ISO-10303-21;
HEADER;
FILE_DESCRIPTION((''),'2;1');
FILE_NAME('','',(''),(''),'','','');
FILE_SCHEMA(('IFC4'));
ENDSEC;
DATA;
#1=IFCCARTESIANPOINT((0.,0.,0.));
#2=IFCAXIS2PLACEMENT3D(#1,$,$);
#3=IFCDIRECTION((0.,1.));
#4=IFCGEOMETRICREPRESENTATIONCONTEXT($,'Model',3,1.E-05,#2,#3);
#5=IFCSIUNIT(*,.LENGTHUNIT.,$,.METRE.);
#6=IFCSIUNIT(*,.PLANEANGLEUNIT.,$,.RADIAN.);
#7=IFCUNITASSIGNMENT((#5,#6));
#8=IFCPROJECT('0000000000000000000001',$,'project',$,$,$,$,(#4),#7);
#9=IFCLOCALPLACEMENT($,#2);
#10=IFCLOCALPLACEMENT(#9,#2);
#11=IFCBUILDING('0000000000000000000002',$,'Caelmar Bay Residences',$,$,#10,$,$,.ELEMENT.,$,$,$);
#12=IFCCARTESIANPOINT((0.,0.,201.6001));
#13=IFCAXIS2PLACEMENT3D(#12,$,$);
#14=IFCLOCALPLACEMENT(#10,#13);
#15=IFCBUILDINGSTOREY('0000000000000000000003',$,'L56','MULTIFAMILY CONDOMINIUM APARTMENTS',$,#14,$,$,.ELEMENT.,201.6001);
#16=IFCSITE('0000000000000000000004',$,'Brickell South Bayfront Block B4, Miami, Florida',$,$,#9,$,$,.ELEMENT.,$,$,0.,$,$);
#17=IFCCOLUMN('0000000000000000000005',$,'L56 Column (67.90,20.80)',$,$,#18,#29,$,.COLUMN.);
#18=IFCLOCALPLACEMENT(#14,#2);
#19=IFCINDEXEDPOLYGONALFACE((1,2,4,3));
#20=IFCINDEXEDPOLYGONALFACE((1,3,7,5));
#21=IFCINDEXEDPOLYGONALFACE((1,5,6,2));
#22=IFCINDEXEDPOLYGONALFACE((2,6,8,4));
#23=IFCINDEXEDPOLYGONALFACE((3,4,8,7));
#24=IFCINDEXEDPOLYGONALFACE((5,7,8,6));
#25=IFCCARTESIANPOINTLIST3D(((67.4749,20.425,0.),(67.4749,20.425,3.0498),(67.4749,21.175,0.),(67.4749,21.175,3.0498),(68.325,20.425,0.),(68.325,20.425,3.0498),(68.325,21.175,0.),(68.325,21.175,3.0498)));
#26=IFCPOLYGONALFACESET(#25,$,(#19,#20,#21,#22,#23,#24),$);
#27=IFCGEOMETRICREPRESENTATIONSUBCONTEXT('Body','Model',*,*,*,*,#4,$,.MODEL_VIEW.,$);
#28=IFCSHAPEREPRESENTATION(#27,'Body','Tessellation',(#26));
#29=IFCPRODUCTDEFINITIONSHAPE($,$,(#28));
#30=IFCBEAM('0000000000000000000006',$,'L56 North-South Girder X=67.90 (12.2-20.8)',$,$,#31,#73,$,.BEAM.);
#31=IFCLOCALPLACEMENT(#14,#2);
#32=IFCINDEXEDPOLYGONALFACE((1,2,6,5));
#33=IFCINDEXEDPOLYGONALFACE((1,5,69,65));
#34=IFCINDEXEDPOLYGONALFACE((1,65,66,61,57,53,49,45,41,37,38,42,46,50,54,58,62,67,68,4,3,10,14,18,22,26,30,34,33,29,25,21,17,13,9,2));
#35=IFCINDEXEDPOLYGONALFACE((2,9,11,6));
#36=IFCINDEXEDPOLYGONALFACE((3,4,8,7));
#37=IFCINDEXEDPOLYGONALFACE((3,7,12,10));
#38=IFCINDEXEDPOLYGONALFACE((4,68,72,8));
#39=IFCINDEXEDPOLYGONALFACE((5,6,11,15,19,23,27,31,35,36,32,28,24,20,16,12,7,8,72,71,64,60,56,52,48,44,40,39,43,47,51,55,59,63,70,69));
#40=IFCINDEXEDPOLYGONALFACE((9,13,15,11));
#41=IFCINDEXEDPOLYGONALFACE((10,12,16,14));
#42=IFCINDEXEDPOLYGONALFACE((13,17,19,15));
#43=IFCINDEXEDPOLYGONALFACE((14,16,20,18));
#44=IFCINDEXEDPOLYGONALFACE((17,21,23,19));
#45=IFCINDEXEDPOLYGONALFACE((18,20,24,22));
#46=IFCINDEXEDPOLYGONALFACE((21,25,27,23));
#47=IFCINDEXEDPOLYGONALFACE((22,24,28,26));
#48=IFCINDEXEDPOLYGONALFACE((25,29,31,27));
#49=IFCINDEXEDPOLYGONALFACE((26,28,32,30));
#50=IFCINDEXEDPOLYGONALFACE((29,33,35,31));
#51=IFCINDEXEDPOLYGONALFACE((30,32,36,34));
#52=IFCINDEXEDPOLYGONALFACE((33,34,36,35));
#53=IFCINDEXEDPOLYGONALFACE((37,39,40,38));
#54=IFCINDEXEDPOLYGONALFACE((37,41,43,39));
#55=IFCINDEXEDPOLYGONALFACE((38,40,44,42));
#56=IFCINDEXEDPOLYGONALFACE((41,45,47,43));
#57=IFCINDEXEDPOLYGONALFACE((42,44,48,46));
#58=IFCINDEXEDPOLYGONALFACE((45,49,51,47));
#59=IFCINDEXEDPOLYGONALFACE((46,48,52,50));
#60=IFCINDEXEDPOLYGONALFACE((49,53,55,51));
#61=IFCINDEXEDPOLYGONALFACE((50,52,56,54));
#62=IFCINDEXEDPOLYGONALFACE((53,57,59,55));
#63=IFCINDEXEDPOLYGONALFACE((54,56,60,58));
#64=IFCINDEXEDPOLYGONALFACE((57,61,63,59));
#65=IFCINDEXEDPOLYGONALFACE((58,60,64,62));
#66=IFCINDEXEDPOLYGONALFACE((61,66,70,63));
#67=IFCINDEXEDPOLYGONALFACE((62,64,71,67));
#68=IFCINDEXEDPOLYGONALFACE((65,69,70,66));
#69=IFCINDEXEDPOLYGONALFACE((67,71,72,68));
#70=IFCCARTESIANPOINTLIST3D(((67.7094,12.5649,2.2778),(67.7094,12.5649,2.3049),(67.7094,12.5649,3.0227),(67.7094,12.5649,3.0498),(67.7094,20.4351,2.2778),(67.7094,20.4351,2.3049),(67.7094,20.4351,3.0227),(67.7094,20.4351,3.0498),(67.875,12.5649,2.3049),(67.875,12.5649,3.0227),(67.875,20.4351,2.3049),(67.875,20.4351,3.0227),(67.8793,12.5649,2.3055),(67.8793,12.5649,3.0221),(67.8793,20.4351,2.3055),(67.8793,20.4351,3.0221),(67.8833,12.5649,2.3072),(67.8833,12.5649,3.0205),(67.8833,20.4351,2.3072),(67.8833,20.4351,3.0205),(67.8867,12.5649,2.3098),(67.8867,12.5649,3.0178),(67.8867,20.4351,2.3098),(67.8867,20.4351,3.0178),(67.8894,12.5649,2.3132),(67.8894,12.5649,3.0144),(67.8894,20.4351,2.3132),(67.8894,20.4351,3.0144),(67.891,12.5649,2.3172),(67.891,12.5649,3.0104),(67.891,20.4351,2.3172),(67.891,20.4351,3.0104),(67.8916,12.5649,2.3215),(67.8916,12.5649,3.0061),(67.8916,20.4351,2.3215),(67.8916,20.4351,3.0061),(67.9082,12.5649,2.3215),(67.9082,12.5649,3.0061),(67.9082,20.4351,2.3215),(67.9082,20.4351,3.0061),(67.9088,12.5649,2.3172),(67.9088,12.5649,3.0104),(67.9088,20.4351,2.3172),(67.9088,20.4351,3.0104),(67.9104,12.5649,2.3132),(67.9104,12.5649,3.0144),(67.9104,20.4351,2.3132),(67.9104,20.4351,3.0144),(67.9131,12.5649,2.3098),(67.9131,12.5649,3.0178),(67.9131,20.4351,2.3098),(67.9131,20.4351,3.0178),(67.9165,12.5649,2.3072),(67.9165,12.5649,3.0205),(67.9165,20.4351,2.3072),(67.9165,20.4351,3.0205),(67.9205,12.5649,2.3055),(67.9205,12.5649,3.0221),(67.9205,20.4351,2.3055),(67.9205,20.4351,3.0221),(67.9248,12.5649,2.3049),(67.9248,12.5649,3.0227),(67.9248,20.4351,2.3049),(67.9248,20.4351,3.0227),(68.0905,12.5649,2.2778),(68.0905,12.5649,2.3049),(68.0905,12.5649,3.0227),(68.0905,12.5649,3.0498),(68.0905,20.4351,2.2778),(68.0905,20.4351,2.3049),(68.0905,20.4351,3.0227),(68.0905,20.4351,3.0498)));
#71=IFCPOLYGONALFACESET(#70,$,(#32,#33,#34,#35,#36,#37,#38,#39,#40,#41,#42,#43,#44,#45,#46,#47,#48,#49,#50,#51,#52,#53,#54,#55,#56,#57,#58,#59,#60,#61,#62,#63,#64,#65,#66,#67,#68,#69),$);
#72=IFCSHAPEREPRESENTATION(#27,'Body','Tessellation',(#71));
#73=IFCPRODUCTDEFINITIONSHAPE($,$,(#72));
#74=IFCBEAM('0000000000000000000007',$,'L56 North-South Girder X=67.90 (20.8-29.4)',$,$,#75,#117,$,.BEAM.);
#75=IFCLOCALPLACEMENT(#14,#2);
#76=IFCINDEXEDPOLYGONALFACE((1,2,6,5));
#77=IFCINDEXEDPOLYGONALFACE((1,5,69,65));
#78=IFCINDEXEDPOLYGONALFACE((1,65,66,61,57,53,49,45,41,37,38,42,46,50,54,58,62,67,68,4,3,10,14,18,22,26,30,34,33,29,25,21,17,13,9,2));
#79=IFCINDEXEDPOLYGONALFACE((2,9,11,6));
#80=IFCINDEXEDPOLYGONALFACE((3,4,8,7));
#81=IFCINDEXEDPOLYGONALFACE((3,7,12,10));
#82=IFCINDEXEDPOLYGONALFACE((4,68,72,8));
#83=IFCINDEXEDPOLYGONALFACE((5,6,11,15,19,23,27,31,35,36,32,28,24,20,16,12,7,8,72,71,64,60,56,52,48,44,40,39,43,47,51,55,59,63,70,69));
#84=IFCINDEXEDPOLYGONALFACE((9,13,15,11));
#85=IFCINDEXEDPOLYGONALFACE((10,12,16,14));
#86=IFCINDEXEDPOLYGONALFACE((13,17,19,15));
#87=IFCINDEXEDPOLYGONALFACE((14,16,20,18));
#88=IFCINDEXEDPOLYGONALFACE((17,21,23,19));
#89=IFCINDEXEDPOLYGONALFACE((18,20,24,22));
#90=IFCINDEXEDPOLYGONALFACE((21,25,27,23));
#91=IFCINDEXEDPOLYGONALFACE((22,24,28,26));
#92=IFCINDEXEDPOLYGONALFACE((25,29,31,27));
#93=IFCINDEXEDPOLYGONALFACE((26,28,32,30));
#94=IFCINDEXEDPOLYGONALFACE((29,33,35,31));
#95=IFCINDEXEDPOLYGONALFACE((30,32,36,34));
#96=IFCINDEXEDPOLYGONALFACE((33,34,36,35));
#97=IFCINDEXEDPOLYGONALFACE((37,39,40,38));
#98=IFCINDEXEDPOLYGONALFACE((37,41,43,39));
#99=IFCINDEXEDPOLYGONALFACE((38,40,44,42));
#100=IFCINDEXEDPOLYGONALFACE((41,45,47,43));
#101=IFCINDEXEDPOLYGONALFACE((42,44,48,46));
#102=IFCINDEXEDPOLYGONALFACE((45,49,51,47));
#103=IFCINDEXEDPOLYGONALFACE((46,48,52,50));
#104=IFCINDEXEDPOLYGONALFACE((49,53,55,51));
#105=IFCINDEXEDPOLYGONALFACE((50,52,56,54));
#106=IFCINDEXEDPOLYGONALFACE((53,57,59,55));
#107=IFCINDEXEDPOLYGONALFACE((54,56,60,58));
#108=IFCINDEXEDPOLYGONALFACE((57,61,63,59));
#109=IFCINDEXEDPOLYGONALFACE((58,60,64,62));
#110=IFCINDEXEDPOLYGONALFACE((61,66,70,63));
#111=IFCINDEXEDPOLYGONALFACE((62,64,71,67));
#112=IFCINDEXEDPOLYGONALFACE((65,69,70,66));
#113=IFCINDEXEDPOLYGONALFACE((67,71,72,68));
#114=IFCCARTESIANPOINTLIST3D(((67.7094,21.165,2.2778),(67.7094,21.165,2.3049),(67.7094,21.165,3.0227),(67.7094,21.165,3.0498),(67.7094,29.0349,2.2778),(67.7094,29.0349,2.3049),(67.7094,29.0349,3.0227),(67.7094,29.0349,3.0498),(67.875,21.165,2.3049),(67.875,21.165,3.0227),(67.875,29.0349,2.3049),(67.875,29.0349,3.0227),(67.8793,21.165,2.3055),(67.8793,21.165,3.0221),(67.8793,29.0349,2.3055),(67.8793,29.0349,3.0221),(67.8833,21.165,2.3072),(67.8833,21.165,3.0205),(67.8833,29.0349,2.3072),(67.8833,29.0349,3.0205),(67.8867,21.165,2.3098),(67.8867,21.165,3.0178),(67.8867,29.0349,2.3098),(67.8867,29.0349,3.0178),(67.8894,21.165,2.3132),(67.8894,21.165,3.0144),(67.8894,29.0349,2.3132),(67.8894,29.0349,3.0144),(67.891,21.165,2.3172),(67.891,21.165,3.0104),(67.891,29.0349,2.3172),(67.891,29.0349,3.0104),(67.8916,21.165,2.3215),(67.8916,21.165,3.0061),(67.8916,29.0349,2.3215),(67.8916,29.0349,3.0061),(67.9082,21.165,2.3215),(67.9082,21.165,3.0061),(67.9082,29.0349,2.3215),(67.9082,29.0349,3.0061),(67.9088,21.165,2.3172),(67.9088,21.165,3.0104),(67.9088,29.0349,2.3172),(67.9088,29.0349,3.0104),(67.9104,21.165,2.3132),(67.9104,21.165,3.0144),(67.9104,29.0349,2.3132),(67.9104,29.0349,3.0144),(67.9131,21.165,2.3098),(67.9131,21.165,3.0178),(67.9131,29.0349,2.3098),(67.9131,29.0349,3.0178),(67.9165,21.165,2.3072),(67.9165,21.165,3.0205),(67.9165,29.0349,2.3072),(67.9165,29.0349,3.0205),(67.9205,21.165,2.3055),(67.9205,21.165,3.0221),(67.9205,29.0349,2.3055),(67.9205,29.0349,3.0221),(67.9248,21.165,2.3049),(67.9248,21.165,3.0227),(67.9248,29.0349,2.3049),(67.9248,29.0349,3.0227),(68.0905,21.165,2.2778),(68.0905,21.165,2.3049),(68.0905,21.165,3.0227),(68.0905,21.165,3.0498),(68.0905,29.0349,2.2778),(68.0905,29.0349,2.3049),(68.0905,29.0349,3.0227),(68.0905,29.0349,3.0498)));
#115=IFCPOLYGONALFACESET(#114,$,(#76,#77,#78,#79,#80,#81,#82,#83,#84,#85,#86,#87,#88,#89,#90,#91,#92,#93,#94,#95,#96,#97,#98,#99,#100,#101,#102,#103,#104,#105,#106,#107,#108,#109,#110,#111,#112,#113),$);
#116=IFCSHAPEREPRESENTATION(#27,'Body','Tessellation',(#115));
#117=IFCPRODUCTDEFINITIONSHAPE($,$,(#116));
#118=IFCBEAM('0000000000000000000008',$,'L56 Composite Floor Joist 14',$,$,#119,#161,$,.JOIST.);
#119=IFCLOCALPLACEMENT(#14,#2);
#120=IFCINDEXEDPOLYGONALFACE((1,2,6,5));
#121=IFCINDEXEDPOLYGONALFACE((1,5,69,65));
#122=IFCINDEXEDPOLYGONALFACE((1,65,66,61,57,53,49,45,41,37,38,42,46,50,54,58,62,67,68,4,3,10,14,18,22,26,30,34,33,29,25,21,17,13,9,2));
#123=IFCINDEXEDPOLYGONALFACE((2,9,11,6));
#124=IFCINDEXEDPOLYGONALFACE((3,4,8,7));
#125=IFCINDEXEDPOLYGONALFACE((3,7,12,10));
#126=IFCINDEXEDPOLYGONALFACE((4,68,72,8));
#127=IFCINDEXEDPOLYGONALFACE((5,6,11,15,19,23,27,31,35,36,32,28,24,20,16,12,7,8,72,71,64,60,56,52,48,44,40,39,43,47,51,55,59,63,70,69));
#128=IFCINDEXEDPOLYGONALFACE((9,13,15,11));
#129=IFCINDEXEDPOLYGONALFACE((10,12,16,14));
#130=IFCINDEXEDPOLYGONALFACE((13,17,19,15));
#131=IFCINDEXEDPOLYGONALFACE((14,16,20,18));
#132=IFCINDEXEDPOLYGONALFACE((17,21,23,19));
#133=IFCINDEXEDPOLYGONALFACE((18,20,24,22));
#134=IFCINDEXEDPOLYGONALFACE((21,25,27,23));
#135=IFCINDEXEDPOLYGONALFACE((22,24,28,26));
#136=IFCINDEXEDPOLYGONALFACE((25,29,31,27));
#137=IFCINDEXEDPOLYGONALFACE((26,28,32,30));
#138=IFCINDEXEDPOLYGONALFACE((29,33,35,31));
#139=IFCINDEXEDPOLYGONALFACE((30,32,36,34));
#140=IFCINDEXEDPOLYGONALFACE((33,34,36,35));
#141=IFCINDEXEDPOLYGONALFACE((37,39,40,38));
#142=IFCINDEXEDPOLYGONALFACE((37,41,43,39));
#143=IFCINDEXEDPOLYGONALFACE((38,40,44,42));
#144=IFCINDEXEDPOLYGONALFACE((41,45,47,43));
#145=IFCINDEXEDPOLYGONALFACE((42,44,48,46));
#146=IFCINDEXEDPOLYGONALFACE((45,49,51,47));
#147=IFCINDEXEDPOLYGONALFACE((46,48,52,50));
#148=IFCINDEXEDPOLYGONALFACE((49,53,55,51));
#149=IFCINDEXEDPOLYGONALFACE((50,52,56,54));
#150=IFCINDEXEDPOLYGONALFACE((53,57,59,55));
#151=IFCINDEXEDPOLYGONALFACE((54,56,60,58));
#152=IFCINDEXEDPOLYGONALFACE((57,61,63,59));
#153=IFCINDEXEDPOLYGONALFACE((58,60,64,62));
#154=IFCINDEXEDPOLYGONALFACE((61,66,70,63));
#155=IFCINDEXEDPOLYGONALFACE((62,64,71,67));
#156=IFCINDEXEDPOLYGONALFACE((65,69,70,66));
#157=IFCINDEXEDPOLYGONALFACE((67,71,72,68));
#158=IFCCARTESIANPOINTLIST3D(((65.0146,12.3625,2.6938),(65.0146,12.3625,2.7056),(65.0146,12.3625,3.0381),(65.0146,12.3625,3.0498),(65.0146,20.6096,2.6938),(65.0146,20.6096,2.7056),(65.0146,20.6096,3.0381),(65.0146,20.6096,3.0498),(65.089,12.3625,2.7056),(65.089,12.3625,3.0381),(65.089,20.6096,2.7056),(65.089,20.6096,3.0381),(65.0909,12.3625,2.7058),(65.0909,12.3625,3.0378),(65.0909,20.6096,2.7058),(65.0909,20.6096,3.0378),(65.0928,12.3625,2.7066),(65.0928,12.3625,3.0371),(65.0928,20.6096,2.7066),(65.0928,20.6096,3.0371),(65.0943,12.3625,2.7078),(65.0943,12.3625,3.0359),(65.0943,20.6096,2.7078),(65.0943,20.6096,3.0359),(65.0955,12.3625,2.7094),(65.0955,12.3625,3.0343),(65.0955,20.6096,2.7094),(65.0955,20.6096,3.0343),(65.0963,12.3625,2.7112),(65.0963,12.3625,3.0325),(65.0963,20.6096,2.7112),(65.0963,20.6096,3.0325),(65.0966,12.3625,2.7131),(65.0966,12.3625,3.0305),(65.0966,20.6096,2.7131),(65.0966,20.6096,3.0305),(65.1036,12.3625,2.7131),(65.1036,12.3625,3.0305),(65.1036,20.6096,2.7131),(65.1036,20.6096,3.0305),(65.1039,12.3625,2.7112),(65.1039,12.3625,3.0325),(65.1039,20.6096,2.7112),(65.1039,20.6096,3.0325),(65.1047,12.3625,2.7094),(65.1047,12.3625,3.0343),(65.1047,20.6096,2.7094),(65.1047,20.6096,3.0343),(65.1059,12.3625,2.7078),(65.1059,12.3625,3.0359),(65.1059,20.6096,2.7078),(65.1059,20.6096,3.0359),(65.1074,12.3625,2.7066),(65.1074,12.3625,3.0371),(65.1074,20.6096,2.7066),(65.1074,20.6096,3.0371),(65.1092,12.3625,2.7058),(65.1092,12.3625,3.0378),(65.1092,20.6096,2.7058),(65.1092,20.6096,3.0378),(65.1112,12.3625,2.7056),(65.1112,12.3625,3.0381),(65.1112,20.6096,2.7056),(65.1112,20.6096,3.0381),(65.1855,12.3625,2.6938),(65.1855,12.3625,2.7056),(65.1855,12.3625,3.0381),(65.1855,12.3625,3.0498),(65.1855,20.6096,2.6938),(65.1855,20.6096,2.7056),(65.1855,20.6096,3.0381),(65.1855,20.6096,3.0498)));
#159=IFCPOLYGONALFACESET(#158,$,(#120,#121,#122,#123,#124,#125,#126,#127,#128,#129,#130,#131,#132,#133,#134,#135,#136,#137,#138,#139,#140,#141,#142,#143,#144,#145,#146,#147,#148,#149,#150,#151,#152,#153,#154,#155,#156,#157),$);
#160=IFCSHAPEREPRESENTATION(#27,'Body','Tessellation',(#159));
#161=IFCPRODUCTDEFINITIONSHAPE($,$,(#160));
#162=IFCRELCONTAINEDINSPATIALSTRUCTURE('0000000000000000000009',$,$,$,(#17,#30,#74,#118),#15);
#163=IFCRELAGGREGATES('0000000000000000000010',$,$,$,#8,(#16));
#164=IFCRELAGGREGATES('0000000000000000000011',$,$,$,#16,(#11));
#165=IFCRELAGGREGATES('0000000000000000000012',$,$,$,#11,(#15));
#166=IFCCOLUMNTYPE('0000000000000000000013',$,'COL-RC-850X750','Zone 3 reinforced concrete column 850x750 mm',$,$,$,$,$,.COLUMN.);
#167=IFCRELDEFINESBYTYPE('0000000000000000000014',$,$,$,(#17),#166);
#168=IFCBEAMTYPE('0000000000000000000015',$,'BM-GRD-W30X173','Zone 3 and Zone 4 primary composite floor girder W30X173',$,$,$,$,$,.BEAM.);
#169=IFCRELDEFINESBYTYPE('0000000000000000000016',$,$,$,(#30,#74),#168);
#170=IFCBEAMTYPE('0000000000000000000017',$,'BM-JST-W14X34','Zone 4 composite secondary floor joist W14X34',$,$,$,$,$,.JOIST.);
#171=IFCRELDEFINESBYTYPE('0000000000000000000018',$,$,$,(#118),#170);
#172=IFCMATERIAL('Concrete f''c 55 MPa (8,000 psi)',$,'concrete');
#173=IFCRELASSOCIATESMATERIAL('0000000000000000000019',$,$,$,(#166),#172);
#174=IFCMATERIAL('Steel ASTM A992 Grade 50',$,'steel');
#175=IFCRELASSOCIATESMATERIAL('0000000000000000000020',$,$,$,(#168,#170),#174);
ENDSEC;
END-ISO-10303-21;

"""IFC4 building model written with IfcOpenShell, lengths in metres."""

from ifc_helpers import new_model, si_unit, direction, frame, origin, origin_2d, place, context, subcontext, project, spatial, rectangle, i_section, extrude, material, material_profile, profile_set, type_object, element, save


model = new_model("IFC4")

# Units and contexts
model_context = context("Model", 3, precision=1e-05, world=origin(), true_north=direction((0.0, 1.0)))
body_context = subcontext(model_context, "Body", "Model", "MODEL_VIEW")
ifc_project = project(units=[si_unit("LENGTHUNIT", "METRE"), si_unit("PLANEANGLEUNIT", "RADIAN")], contexts=[model_context])

# Site, building, storey
site_placement = place(None, origin())
site = spatial("IfcSite", under=ifc_project, at=site_placement, Name="Brickell South Bayfront Block B4, Miami, Florida", CompositionType="ELEMENT", RefElevation=0.0)
building_placement = place(site_placement, origin())
building = spatial("IfcBuilding", under=site, at=building_placement, Name="Caelmar Bay Residences", CompositionType="ELEMENT")
storey_placement = place(building_placement, frame((0.0, 0.0, 201.6001)))
storey = spatial("IfcBuildingStorey", under=building, at=storey_placement, Name="L56", Description="MULTIFAMILY CONDOMINIUM APARTMENTS", CompositionType="ELEMENT", Elevation=201.6001)

# Column
ifc_material_1 = material(Name="Concrete f'c 55 MPa (8,000 psi)", Category="concrete")
ifc_material_profile_1 = material_profile(ifc_material_1, rectangle(XDim=0.8501, YDim=0.75, at=origin_2d()), Name="RC-COL-850X750")
ifc_profile_set_1 = profile_set([ifc_material_profile_1], Name="Concrete f'c 55 MPa (8,000 psi)")
column_type = type_object("IfcColumnType", Name="COL-RC-850X750", Description="Zone 3 reinforced concrete column 850x750 mm", PredefinedType="COLUMN", material=ifc_profile_set_1)
column_placement = place(storey_placement, frame((67.8999, 20.8, 0.0), z_axis=(0.0, 0.0, 1.0), x_axis=(1.0, 0.0, 0.0)))
element("IfcColumn", 1, at=column_placement, inside=storey, type_object=column_type, Name="L56 Column (67.90,20.80)", PredefinedType="COLUMN", context=body_context, shape_type="SweptSolid", body=[
    extrude(rectangle(XDim=0.8501, YDim=0.75, at=origin_2d()), origin(), (0.0, 0.0, 1.0), 3.0498),
])

# Beams
ifc_material_2 = material(Name="Steel ASTM A992 Grade 50", Category="steel")
ifc_material_profile_2 = material_profile(ifc_material_2, i_section(OverallWidth=0.3811, OverallDepth=0.772, WebThickness=0.0166, FlangeThickness=0.0271, FilletRadius=0.0166, at=origin_2d()), Name="W30X173")
ifc_profile_set_2 = profile_set([ifc_material_profile_2], Name="Steel ASTM A992 Grade 50")
beam_type_1 = type_object("IfcBeamType", Name="BM-GRD-W30X173", Description="Zone 3 and Zone 4 primary composite floor girder W30X173", PredefinedType="BEAM", material=ifc_profile_set_2)
beam_1_placement = place(storey_placement, frame((67.8999, 12.5649, 2.6638), z_axis=(0.0, 1.0, 0.0), x_axis=(-1.0, 0.0, 0.0)))
element("IfcBeam", 2, at=beam_1_placement, inside=storey, type_object=beam_type_1, Name="L56 North-South Girder X=67.90 (12.2-20.8)", PredefinedType="BEAM", context=body_context, shape_type="SweptSolid", body=[
    extrude(i_section(OverallWidth=0.3811, OverallDepth=0.772, WebThickness=0.0166, FlangeThickness=0.0271, FilletRadius=0.0166, at=origin_2d()), origin(), (0.0, 0.0, 1.0), 7.8701),
])
beam_2_placement = place(storey_placement, frame((67.8999, 21.165, 2.6638), z_axis=(0.0, 1.0, 0.0), x_axis=(-1.0, 0.0, 0.0)))
element("IfcBeam", 3, at=beam_2_placement, inside=storey, type_object=beam_type_1, Name="L56 North-South Girder X=67.90 (20.8-29.4)", PredefinedType="BEAM", context=body_context, shape_type="SweptSolid", body=[
    extrude(i_section(OverallWidth=0.3811, OverallDepth=0.772, WebThickness=0.0166, FlangeThickness=0.0271, FilletRadius=0.0166, at=origin_2d()), origin(), (0.0, 0.0, 1.0), 7.8699),
])
ifc_material_profile_3 = material_profile(ifc_material_2, i_section(OverallWidth=0.1709, OverallDepth=0.356, WebThickness=0.0071, FlangeThickness=0.0117, FilletRadius=0.0076, at=origin_2d()), Name="W14X34")
ifc_profile_set_3 = profile_set([ifc_material_profile_3], Name="Steel ASTM A992 Grade 50")
beam_type_2 = type_object("IfcBeamType", Name="BM-JST-W14X34", Description="Zone 4 composite secondary floor joist W14X34", PredefinedType="JOIST", material=ifc_profile_set_3)
beam_3_placement = place(storey_placement, frame((65.1001, 12.3625, 2.8718), z_axis=(0.0, 1.0, 0.0), x_axis=(-1.0, 0.0, 0.0)))
element("IfcBeam", 4, at=beam_3_placement, inside=storey, type_object=beam_type_2, Name="L56 Composite Floor Joist 14", PredefinedType="JOIST", context=body_context, shape_type="SweptSolid", body=[
    extrude(i_section(OverallWidth=0.1709, OverallDepth=0.356, WebThickness=0.0071, FlangeThickness=0.0117, FilletRadius=0.0076, at=origin_2d()), origin(), (0.0, 0.0, 1.0), 8.2471),
])

save(model, "model.ifc")
